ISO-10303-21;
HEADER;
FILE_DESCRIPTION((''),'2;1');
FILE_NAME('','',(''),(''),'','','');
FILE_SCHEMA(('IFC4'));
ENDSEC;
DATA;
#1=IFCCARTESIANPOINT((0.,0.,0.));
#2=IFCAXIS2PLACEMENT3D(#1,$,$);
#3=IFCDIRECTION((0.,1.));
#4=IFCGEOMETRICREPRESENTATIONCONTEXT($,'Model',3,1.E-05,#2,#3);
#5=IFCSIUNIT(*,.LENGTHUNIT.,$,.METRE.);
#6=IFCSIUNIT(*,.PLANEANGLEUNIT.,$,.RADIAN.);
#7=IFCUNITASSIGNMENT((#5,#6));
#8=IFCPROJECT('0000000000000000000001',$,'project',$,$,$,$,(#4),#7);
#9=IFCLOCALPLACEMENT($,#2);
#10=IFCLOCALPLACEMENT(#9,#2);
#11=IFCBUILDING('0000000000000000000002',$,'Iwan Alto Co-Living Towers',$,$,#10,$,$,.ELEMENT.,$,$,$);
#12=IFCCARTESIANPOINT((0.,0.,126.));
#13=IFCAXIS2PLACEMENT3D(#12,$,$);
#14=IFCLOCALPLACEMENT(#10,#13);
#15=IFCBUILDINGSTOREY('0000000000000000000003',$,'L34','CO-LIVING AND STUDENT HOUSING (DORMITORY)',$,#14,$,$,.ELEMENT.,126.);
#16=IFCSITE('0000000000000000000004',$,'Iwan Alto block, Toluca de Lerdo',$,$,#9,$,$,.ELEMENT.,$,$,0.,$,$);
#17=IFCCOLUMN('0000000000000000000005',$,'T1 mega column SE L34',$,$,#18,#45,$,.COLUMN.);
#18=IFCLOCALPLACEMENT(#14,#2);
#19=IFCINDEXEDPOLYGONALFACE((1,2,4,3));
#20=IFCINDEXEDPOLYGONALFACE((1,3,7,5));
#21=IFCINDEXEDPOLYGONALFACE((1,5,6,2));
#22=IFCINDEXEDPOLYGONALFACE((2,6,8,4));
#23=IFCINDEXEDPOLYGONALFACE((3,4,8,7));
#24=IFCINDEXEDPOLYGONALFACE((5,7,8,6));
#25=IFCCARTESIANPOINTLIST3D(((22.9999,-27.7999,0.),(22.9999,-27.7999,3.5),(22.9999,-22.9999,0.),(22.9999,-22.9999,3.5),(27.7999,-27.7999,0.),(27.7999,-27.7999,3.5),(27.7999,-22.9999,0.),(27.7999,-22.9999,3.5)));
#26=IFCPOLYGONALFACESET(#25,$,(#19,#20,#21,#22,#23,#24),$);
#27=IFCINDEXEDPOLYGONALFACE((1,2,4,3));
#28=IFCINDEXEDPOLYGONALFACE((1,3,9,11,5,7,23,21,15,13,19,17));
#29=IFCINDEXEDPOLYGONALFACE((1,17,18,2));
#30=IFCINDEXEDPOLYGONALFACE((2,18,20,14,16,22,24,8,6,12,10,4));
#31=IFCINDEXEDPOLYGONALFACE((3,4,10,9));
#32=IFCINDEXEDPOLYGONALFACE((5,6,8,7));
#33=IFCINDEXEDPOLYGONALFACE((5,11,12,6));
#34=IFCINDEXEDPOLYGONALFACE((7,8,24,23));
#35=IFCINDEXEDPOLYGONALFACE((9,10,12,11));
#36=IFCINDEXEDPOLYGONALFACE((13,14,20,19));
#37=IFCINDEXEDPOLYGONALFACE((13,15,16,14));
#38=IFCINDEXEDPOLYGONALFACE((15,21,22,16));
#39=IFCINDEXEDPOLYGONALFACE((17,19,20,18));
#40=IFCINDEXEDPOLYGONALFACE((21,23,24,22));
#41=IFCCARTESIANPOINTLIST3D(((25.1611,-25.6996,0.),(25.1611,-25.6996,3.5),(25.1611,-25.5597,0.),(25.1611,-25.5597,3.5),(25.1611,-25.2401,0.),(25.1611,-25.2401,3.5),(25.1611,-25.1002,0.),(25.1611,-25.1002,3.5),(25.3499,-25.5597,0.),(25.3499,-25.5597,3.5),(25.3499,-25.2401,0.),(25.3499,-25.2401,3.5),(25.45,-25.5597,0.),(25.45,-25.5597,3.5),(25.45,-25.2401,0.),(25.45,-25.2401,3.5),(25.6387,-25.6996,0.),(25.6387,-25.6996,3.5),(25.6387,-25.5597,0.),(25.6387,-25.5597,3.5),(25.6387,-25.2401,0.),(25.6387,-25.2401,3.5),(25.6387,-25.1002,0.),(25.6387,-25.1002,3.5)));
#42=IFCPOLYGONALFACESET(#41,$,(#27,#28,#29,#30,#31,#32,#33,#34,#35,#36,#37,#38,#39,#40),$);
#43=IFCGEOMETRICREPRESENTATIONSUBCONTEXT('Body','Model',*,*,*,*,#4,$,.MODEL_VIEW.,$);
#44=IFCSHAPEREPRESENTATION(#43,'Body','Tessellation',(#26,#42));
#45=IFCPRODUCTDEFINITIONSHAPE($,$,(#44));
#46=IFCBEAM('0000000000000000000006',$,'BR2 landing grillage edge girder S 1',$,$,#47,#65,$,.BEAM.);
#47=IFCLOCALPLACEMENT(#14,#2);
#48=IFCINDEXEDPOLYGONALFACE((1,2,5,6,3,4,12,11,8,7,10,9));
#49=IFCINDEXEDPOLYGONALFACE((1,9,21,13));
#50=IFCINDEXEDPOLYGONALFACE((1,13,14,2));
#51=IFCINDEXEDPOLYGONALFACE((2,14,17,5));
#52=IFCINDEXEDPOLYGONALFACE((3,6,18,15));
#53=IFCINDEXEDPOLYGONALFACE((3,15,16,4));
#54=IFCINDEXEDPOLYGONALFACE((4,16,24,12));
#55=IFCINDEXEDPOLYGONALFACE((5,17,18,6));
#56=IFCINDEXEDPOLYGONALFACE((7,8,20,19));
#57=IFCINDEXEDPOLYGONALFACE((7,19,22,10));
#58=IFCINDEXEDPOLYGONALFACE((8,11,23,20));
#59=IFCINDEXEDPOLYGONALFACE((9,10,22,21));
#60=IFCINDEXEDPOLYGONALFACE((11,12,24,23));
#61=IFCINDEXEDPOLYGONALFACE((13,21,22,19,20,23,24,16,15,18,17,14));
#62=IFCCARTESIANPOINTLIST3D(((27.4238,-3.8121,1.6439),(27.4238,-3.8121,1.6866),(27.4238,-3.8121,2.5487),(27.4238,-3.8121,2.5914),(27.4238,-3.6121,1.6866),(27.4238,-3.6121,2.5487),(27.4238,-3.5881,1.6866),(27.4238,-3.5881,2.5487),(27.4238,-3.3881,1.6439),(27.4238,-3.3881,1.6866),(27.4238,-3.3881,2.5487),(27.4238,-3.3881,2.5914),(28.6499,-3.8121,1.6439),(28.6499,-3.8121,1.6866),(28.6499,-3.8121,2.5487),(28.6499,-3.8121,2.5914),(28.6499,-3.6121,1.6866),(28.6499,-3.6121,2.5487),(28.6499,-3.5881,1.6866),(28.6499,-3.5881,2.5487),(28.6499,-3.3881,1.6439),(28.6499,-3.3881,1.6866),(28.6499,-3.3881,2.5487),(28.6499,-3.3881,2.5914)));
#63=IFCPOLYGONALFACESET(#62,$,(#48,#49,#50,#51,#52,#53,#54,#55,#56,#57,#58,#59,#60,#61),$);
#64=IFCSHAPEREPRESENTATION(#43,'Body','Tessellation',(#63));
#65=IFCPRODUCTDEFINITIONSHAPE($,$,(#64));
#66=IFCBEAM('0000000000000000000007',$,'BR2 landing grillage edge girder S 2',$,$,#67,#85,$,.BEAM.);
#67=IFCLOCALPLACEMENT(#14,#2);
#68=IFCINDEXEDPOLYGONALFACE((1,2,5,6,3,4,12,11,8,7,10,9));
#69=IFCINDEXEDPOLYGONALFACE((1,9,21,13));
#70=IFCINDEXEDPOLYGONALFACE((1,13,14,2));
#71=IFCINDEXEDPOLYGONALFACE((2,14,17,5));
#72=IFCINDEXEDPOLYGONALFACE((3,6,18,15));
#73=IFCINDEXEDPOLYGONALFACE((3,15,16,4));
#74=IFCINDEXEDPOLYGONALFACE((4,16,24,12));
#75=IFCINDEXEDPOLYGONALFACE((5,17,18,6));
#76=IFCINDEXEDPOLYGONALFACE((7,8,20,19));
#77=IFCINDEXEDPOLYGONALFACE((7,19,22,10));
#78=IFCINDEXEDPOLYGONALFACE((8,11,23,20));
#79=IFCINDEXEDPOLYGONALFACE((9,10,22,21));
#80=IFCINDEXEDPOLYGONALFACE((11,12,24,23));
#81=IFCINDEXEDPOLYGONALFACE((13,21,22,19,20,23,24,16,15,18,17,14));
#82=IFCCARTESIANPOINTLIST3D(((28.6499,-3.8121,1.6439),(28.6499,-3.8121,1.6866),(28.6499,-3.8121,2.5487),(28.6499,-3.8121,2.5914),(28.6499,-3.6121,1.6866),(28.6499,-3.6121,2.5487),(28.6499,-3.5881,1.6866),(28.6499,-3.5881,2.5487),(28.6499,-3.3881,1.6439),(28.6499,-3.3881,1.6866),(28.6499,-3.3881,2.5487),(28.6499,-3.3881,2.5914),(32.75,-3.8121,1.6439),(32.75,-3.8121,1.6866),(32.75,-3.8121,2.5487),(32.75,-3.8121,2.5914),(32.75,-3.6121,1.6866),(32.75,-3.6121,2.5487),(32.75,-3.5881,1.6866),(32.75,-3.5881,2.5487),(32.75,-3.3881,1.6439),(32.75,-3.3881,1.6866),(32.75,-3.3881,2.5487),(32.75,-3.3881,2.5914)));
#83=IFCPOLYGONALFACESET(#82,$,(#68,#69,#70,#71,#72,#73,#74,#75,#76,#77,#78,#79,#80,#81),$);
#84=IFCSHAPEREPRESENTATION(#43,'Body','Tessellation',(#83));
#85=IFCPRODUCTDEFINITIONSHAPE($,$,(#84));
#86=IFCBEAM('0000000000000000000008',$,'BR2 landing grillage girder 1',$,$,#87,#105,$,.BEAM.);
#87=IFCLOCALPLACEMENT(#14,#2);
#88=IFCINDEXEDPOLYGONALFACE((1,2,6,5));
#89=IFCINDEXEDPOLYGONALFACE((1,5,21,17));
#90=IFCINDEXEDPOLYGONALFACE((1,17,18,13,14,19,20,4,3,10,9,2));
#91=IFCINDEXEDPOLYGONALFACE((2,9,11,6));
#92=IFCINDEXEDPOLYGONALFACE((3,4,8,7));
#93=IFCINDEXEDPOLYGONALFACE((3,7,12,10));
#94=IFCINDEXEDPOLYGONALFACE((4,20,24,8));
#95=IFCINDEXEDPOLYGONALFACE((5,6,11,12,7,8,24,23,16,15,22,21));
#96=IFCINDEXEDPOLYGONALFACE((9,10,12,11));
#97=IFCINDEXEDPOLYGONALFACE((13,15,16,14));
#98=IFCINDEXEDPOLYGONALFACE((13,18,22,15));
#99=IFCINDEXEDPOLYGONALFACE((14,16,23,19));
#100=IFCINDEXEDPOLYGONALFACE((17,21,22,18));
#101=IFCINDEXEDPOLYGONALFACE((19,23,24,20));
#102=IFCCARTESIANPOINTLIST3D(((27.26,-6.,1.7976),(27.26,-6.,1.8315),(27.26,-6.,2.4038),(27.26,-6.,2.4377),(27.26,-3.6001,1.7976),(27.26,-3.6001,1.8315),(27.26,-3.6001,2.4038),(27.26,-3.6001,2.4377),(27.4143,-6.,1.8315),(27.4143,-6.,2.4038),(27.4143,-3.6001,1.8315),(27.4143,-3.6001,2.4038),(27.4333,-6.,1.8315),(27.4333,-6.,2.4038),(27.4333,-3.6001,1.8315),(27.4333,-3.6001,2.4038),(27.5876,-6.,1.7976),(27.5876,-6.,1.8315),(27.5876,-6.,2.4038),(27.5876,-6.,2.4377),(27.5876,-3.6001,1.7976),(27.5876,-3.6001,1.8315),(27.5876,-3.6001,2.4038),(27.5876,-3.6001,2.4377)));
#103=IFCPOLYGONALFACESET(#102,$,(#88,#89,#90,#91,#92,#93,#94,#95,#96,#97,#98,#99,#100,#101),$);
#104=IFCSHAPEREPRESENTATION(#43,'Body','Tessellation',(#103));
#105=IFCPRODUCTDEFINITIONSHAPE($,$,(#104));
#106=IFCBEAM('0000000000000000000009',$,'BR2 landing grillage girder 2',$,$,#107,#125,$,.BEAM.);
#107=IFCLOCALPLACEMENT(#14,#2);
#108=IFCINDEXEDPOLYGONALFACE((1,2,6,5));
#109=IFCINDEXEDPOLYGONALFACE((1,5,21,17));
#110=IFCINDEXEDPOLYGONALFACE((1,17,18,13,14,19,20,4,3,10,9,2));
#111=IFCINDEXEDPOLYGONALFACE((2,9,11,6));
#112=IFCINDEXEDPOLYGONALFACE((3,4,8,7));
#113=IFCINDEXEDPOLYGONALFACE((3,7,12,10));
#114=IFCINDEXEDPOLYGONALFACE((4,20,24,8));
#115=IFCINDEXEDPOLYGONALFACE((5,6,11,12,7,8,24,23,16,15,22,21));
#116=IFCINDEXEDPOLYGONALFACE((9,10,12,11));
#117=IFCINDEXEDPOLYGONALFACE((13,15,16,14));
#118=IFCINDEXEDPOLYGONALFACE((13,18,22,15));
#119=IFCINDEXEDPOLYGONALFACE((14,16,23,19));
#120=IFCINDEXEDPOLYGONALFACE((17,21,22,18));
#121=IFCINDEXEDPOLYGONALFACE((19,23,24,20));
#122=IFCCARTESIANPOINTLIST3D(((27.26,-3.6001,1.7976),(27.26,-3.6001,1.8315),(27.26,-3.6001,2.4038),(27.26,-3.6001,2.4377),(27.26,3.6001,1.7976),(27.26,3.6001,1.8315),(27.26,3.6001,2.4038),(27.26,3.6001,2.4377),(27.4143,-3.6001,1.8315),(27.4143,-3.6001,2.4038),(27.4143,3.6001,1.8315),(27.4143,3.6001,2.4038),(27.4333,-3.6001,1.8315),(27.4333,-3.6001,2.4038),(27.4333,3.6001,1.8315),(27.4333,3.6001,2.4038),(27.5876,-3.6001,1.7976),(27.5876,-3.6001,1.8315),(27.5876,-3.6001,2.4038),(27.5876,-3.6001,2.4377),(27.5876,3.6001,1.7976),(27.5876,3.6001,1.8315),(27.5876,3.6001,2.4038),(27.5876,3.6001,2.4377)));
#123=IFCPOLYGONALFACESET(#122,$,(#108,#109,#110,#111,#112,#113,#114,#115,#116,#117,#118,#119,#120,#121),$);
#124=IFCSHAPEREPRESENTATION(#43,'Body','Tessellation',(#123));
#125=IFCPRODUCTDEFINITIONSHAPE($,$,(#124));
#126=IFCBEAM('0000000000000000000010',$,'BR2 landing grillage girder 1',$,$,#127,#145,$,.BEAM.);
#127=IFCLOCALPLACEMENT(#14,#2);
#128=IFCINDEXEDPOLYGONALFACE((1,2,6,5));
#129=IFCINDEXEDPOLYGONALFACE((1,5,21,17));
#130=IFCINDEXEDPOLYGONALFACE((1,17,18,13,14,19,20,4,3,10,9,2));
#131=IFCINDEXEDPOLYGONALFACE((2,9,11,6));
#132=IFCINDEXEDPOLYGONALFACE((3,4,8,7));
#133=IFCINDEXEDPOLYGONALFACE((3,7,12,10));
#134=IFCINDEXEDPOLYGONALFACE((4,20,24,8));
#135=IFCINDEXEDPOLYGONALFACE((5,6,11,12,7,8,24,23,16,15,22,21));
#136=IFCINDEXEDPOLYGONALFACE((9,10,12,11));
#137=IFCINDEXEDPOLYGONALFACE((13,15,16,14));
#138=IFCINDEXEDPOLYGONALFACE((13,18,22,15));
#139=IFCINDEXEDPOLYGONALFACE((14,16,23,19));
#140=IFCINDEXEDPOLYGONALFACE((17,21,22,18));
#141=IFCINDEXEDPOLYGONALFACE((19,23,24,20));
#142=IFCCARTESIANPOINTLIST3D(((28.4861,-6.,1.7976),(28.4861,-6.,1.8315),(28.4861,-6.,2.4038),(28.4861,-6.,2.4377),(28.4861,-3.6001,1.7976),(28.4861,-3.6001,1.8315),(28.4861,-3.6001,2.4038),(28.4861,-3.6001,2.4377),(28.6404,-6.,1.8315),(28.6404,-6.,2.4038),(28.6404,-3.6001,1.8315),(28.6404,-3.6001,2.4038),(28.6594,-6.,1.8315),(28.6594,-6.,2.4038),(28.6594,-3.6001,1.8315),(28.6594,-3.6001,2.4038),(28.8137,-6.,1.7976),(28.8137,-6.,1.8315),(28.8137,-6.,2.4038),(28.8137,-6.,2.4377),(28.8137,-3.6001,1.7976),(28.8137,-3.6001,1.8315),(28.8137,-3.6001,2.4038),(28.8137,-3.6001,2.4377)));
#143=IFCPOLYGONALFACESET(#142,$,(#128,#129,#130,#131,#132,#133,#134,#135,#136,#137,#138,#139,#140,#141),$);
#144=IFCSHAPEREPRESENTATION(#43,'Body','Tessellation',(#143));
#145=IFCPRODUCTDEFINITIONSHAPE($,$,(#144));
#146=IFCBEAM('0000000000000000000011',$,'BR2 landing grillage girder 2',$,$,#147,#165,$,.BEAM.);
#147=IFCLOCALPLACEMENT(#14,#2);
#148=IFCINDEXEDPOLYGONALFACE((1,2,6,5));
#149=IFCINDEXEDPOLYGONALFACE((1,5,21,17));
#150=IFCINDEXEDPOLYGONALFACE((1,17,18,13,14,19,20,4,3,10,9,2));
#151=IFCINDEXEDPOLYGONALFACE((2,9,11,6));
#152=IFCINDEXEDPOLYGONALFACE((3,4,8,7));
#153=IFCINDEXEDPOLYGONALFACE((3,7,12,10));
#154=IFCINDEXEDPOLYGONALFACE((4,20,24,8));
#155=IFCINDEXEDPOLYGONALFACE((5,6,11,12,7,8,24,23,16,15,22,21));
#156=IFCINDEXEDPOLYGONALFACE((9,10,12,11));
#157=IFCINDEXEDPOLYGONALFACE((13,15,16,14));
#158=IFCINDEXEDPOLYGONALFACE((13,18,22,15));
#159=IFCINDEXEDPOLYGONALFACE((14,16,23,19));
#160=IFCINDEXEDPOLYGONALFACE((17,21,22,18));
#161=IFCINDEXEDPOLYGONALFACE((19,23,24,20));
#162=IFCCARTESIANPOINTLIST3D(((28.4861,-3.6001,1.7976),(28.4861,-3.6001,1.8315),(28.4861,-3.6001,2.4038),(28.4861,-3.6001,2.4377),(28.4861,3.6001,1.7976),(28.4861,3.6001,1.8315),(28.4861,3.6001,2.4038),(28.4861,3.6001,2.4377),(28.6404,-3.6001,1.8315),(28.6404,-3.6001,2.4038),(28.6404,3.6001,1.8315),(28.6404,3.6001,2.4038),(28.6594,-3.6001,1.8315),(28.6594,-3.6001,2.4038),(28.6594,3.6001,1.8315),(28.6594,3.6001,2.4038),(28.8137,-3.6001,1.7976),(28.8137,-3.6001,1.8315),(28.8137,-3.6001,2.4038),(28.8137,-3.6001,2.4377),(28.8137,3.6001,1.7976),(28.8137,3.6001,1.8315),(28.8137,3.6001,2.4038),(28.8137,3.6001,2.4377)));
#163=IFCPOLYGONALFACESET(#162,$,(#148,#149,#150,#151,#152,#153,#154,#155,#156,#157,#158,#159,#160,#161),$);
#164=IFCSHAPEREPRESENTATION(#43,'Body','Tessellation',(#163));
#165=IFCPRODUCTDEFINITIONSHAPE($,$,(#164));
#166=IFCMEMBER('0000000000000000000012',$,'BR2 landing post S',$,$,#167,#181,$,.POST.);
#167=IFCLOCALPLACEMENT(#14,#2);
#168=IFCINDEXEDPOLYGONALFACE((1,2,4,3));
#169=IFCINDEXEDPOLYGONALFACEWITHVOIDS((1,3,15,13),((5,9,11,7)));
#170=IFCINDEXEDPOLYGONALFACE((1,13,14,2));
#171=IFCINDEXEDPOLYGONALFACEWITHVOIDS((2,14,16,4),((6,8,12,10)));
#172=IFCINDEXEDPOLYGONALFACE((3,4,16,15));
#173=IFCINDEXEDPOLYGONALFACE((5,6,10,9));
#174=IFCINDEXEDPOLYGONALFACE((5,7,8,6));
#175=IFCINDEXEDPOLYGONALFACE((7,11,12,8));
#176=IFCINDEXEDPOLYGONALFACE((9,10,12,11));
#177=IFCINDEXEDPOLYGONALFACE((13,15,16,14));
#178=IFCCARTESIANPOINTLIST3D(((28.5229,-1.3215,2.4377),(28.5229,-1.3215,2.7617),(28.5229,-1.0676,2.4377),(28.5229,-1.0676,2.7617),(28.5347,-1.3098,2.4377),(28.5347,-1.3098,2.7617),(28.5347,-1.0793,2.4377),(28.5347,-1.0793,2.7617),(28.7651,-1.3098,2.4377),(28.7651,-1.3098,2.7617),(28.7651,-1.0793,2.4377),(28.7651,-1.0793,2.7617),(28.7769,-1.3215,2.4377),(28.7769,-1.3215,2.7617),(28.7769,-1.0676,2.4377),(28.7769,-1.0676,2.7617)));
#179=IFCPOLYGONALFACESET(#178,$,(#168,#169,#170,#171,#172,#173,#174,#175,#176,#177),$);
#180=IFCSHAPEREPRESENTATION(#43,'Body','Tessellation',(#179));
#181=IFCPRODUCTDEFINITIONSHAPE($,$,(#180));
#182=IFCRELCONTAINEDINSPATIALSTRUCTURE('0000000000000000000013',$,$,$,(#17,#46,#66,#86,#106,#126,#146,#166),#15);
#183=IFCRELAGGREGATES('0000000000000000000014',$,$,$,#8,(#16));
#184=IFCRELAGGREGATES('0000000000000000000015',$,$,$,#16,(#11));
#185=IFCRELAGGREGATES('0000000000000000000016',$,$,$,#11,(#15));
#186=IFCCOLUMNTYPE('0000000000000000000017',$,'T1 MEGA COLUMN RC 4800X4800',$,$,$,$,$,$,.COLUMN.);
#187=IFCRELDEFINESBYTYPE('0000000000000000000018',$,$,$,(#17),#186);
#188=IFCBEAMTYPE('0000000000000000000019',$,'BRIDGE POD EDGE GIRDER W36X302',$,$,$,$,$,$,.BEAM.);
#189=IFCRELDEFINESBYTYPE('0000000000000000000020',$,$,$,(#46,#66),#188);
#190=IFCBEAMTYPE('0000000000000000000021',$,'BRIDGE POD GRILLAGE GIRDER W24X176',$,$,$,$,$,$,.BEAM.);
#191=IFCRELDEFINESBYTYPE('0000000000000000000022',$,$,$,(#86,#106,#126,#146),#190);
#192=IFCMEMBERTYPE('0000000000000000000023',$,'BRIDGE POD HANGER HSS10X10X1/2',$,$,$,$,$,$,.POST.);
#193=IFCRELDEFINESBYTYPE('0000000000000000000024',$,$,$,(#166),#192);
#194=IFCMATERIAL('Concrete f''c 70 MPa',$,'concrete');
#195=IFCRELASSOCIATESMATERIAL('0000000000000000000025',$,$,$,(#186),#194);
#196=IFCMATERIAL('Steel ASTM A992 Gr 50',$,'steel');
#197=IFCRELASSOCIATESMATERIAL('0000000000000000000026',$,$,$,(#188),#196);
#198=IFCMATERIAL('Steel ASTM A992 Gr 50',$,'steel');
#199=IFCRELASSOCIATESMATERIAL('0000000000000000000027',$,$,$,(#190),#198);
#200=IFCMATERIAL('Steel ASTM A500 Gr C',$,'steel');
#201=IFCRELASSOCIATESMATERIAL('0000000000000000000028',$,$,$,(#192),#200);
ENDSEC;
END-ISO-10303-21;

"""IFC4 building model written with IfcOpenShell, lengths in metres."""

from ifc_helpers import new_model, si_unit, direction, frame, origin, origin_2d, place, context, subcontext, project, spatial, rectangle, hollow_rectangle, i_section, extrude, material, material_profile, profile_set, type_object, element, save


model = new_model("IFC4")

# Units and contexts
model_context = context("Model", 3, precision=1e-05, world=origin(), true_north=direction((0.0, 1.0)))
body_context = subcontext(model_context, "Body", "Model", "MODEL_VIEW")
ifc_project = project(units=[si_unit("LENGTHUNIT", "METRE"), si_unit("PLANEANGLEUNIT", "RADIAN")], contexts=[model_context])

# Site, building, storey
site_placement = place(None, origin())
site = spatial("IfcSite", under=ifc_project, at=site_placement, Name="Iwan Alto block, Toluca de Lerdo", CompositionType="ELEMENT", RefElevation=0.0)
building_placement = place(site_placement, origin())
building = spatial("IfcBuilding", under=site, at=building_placement, Name="Iwan Alto Co-Living Towers", CompositionType="ELEMENT")
storey_placement = place(building_placement, frame((0.0, 0.0, 126.0)))
storey = spatial("IfcBuildingStorey", under=building, at=storey_placement, Name="L34", Description="CO-LIVING AND STUDENT HOUSING (DORMITORY)", CompositionType="ELEMENT", Elevation=126.0)

# Column
ifc_material_1 = material(Name="Concrete f'c 70 MPa", Category="concrete")
ifc_material_profile_1 = material_profile(ifc_material_1, rectangle(XDim=4.8, YDim=4.8, at=origin_2d()), Name="RC 4800X4800")
ifc_profile_set_1 = profile_set([ifc_material_profile_1], Name="Concrete f'c 70 MPa")
column_type = type_object("IfcColumnType", Name="T1 MEGA COLUMN RC 4800X4800", PredefinedType="COLUMN", material=ifc_profile_set_1)
column_placement = place(storey_placement, frame((25.3999, -25.3999, 0.0), z_axis=(0.0, 0.0, 1.0), x_axis=(1.0, 0.0, 0.0)))
element("IfcColumn", 1, at=column_placement, inside=storey, type_object=column_type, Name="T1 mega column SE L34", PredefinedType="COLUMN", context=body_context, shape_type="SweptSolid", body=[
    extrude(rectangle(XDim=4.8, YDim=4.8, at=origin_2d()), origin(), (0.0, 0.0, 1.0), 3.5),
    extrude(i_section(OverallWidth=0.4775, OverallDepth=0.5994, WebThickness=0.1001, FlangeThickness=0.1399, at=origin_2d()), origin(), (0.0, 0.0, 1.0), 3.5),
])

# Beams
ifc_material_2 = material(Name="Steel ASTM A992 Gr 50", Category="steel")
ifc_material_profile_2 = material_profile(ifc_material_2, i_section(OverallWidth=0.4241, OverallDepth=0.9475, WebThickness=0.0239, FlangeThickness=0.0427, at=origin_2d()), Name="W36X302")
ifc_profile_set_2 = profile_set([ifc_material_profile_2], Name="Steel ASTM A992 Gr 50")
beam_type_1 = type_object("IfcBeamType", Name="BRIDGE POD EDGE GIRDER W36X302", PredefinedType="BEAM", material=ifc_profile_set_2)
beam_1_placement = place(storey_placement, frame((27.4238, -3.6001, 2.1177), z_axis=(1.0, 0.0, 0.0), x_axis=(0.0, 1.0, 0.0)))
element("IfcBeam", 2, at=beam_1_placement, inside=storey, type_object=beam_type_1, Name="BR2 landing grillage edge girder S 1", PredefinedType="BEAM", context=body_context, shape_type="SweptSolid", body=[
    extrude(i_section(OverallWidth=0.4241, OverallDepth=0.9475, WebThickness=0.0239, FlangeThickness=0.0427, at=origin_2d()), origin(), (0.0, 0.0, 1.0), 1.2261),
])
beam_2_placement = place(storey_placement, frame((28.6499, -3.6001, 2.1177), z_axis=(1.0, 0.0, 0.0), x_axis=(0.0, 1.0, 0.0)))
element("IfcBeam", 3, at=beam_2_placement, inside=storey, type_object=beam_type_1, Name="BR2 landing grillage edge girder S 2", PredefinedType="BEAM", context=body_context, shape_type="SweptSolid", body=[
    extrude(i_section(OverallWidth=0.4241, OverallDepth=0.9475, WebThickness=0.0239, FlangeThickness=0.0427, at=origin_2d()), origin(), (0.0, 0.0, 1.0), 4.1001),
])
ifc_material_3 = material(Name="Steel ASTM A992 Gr 50", Category="steel")
ifc_material_profile_3 = material_profile(ifc_material_3, i_section(OverallWidth=0.3276, OverallDepth=0.6401, WebThickness=0.019, FlangeThickness=0.0339, at=origin_2d()), Name="W24X176")
ifc_profile_set_3 = profile_set([ifc_material_profile_3], Name="Steel ASTM A992 Gr 50")
beam_type_2 = type_object("IfcBeamType", Name="BRIDGE POD GRILLAGE GIRDER W24X176", PredefinedType="BEAM", material=ifc_profile_set_3)
beam_3_placement = place(storey_placement, frame((27.4238, -6.0, 2.1177), z_axis=(0.0, 1.0, 0.0), x_axis=(-1.0, 0.0, 0.0)))
element("IfcBeam", 4, at=beam_3_placement, inside=storey, type_object=beam_type_2, Name="BR2 landing grillage girder 1", PredefinedType="BEAM", context=body_context, shape_type="SweptSolid", body=[
    extrude(i_section(OverallWidth=0.3276, OverallDepth=0.6401, WebThickness=0.019, FlangeThickness=0.0339, at=origin_2d()), origin(), (0.0, 0.0, 1.0), 2.3999),
])
beam_4_placement = place(storey_placement, frame((27.4238, -3.6001, 2.1177), z_axis=(0.0, 1.0, 0.0), x_axis=(-1.0, 0.0, 0.0)))
element("IfcBeam", 5, at=beam_4_placement, inside=storey, type_object=beam_type_2, Name="BR2 landing grillage girder 2", PredefinedType="BEAM", context=body_context, shape_type="SweptSolid", body=[
    extrude(i_section(OverallWidth=0.3276, OverallDepth=0.6401, WebThickness=0.019, FlangeThickness=0.0339, at=origin_2d()), origin(), (0.0, 0.0, 1.0), 7.2002),
])
beam_5_placement = place(storey_placement, frame((28.6499, -6.0, 2.1177), z_axis=(0.0, 1.0, 0.0), x_axis=(-1.0, 0.0, 0.0)))
element("IfcBeam", 6, at=beam_5_placement, inside=storey, type_object=beam_type_2, Name="BR2 landing grillage girder 1", PredefinedType="BEAM", context=body_context, shape_type="SweptSolid", body=[
    extrude(i_section(OverallWidth=0.3276, OverallDepth=0.6401, WebThickness=0.019, FlangeThickness=0.0339, at=origin_2d()), origin(), (0.0, 0.0, 1.0), 2.3999),
])
beam_6_placement = place(storey_placement, frame((28.6499, -3.6001, 2.1177), z_axis=(0.0, 1.0, 0.0), x_axis=(-1.0, 0.0, 0.0)))
element("IfcBeam", 7, at=beam_6_placement, inside=storey, type_object=beam_type_2, Name="BR2 landing grillage girder 2", PredefinedType="BEAM", context=body_context, shape_type="SweptSolid", body=[
    extrude(i_section(OverallWidth=0.3276, OverallDepth=0.6401, WebThickness=0.019, FlangeThickness=0.0339, at=origin_2d()), origin(), (0.0, 0.0, 1.0), 7.2002),
])

# Member
ifc_material_4 = material(Name="Steel ASTM A500 Gr C", Category="steel")
ifc_material_profile_4 = material_profile(ifc_material_4, hollow_rectangle(XDim=0.2539, YDim=0.2539, WallThickness=0.0117, at=origin_2d()), Name="HSS10X10X1/2")
ifc_profile_set_4 = profile_set([ifc_material_profile_4], Name="Steel ASTM A500 Gr C")
member_type_1 = type_object("IfcMemberType", Name="BRIDGE POD HANGER HSS10X10X1/2", PredefinedType="POST", material=ifc_profile_set_4)
member_1_placement = place(storey_placement, frame((28.6499, -1.1946, 2.7617), z_axis=(0.0, 0.0, -1.0), x_axis=(1.0, 0.0, 0.0)))
element("IfcMember", 8, at=member_1_placement, inside=storey, type_object=member_type_1, Name="BR2 landing post S", PredefinedType="POST", context=body_context, shape_type="SweptSolid", body=[
    extrude(hollow_rectangle(XDim=0.2539, YDim=0.2539, WallThickness=0.0117, at=origin_2d()), origin(), (0.0, 0.0, 1.0), 0.324),
])

save(model, "model.ifc")
